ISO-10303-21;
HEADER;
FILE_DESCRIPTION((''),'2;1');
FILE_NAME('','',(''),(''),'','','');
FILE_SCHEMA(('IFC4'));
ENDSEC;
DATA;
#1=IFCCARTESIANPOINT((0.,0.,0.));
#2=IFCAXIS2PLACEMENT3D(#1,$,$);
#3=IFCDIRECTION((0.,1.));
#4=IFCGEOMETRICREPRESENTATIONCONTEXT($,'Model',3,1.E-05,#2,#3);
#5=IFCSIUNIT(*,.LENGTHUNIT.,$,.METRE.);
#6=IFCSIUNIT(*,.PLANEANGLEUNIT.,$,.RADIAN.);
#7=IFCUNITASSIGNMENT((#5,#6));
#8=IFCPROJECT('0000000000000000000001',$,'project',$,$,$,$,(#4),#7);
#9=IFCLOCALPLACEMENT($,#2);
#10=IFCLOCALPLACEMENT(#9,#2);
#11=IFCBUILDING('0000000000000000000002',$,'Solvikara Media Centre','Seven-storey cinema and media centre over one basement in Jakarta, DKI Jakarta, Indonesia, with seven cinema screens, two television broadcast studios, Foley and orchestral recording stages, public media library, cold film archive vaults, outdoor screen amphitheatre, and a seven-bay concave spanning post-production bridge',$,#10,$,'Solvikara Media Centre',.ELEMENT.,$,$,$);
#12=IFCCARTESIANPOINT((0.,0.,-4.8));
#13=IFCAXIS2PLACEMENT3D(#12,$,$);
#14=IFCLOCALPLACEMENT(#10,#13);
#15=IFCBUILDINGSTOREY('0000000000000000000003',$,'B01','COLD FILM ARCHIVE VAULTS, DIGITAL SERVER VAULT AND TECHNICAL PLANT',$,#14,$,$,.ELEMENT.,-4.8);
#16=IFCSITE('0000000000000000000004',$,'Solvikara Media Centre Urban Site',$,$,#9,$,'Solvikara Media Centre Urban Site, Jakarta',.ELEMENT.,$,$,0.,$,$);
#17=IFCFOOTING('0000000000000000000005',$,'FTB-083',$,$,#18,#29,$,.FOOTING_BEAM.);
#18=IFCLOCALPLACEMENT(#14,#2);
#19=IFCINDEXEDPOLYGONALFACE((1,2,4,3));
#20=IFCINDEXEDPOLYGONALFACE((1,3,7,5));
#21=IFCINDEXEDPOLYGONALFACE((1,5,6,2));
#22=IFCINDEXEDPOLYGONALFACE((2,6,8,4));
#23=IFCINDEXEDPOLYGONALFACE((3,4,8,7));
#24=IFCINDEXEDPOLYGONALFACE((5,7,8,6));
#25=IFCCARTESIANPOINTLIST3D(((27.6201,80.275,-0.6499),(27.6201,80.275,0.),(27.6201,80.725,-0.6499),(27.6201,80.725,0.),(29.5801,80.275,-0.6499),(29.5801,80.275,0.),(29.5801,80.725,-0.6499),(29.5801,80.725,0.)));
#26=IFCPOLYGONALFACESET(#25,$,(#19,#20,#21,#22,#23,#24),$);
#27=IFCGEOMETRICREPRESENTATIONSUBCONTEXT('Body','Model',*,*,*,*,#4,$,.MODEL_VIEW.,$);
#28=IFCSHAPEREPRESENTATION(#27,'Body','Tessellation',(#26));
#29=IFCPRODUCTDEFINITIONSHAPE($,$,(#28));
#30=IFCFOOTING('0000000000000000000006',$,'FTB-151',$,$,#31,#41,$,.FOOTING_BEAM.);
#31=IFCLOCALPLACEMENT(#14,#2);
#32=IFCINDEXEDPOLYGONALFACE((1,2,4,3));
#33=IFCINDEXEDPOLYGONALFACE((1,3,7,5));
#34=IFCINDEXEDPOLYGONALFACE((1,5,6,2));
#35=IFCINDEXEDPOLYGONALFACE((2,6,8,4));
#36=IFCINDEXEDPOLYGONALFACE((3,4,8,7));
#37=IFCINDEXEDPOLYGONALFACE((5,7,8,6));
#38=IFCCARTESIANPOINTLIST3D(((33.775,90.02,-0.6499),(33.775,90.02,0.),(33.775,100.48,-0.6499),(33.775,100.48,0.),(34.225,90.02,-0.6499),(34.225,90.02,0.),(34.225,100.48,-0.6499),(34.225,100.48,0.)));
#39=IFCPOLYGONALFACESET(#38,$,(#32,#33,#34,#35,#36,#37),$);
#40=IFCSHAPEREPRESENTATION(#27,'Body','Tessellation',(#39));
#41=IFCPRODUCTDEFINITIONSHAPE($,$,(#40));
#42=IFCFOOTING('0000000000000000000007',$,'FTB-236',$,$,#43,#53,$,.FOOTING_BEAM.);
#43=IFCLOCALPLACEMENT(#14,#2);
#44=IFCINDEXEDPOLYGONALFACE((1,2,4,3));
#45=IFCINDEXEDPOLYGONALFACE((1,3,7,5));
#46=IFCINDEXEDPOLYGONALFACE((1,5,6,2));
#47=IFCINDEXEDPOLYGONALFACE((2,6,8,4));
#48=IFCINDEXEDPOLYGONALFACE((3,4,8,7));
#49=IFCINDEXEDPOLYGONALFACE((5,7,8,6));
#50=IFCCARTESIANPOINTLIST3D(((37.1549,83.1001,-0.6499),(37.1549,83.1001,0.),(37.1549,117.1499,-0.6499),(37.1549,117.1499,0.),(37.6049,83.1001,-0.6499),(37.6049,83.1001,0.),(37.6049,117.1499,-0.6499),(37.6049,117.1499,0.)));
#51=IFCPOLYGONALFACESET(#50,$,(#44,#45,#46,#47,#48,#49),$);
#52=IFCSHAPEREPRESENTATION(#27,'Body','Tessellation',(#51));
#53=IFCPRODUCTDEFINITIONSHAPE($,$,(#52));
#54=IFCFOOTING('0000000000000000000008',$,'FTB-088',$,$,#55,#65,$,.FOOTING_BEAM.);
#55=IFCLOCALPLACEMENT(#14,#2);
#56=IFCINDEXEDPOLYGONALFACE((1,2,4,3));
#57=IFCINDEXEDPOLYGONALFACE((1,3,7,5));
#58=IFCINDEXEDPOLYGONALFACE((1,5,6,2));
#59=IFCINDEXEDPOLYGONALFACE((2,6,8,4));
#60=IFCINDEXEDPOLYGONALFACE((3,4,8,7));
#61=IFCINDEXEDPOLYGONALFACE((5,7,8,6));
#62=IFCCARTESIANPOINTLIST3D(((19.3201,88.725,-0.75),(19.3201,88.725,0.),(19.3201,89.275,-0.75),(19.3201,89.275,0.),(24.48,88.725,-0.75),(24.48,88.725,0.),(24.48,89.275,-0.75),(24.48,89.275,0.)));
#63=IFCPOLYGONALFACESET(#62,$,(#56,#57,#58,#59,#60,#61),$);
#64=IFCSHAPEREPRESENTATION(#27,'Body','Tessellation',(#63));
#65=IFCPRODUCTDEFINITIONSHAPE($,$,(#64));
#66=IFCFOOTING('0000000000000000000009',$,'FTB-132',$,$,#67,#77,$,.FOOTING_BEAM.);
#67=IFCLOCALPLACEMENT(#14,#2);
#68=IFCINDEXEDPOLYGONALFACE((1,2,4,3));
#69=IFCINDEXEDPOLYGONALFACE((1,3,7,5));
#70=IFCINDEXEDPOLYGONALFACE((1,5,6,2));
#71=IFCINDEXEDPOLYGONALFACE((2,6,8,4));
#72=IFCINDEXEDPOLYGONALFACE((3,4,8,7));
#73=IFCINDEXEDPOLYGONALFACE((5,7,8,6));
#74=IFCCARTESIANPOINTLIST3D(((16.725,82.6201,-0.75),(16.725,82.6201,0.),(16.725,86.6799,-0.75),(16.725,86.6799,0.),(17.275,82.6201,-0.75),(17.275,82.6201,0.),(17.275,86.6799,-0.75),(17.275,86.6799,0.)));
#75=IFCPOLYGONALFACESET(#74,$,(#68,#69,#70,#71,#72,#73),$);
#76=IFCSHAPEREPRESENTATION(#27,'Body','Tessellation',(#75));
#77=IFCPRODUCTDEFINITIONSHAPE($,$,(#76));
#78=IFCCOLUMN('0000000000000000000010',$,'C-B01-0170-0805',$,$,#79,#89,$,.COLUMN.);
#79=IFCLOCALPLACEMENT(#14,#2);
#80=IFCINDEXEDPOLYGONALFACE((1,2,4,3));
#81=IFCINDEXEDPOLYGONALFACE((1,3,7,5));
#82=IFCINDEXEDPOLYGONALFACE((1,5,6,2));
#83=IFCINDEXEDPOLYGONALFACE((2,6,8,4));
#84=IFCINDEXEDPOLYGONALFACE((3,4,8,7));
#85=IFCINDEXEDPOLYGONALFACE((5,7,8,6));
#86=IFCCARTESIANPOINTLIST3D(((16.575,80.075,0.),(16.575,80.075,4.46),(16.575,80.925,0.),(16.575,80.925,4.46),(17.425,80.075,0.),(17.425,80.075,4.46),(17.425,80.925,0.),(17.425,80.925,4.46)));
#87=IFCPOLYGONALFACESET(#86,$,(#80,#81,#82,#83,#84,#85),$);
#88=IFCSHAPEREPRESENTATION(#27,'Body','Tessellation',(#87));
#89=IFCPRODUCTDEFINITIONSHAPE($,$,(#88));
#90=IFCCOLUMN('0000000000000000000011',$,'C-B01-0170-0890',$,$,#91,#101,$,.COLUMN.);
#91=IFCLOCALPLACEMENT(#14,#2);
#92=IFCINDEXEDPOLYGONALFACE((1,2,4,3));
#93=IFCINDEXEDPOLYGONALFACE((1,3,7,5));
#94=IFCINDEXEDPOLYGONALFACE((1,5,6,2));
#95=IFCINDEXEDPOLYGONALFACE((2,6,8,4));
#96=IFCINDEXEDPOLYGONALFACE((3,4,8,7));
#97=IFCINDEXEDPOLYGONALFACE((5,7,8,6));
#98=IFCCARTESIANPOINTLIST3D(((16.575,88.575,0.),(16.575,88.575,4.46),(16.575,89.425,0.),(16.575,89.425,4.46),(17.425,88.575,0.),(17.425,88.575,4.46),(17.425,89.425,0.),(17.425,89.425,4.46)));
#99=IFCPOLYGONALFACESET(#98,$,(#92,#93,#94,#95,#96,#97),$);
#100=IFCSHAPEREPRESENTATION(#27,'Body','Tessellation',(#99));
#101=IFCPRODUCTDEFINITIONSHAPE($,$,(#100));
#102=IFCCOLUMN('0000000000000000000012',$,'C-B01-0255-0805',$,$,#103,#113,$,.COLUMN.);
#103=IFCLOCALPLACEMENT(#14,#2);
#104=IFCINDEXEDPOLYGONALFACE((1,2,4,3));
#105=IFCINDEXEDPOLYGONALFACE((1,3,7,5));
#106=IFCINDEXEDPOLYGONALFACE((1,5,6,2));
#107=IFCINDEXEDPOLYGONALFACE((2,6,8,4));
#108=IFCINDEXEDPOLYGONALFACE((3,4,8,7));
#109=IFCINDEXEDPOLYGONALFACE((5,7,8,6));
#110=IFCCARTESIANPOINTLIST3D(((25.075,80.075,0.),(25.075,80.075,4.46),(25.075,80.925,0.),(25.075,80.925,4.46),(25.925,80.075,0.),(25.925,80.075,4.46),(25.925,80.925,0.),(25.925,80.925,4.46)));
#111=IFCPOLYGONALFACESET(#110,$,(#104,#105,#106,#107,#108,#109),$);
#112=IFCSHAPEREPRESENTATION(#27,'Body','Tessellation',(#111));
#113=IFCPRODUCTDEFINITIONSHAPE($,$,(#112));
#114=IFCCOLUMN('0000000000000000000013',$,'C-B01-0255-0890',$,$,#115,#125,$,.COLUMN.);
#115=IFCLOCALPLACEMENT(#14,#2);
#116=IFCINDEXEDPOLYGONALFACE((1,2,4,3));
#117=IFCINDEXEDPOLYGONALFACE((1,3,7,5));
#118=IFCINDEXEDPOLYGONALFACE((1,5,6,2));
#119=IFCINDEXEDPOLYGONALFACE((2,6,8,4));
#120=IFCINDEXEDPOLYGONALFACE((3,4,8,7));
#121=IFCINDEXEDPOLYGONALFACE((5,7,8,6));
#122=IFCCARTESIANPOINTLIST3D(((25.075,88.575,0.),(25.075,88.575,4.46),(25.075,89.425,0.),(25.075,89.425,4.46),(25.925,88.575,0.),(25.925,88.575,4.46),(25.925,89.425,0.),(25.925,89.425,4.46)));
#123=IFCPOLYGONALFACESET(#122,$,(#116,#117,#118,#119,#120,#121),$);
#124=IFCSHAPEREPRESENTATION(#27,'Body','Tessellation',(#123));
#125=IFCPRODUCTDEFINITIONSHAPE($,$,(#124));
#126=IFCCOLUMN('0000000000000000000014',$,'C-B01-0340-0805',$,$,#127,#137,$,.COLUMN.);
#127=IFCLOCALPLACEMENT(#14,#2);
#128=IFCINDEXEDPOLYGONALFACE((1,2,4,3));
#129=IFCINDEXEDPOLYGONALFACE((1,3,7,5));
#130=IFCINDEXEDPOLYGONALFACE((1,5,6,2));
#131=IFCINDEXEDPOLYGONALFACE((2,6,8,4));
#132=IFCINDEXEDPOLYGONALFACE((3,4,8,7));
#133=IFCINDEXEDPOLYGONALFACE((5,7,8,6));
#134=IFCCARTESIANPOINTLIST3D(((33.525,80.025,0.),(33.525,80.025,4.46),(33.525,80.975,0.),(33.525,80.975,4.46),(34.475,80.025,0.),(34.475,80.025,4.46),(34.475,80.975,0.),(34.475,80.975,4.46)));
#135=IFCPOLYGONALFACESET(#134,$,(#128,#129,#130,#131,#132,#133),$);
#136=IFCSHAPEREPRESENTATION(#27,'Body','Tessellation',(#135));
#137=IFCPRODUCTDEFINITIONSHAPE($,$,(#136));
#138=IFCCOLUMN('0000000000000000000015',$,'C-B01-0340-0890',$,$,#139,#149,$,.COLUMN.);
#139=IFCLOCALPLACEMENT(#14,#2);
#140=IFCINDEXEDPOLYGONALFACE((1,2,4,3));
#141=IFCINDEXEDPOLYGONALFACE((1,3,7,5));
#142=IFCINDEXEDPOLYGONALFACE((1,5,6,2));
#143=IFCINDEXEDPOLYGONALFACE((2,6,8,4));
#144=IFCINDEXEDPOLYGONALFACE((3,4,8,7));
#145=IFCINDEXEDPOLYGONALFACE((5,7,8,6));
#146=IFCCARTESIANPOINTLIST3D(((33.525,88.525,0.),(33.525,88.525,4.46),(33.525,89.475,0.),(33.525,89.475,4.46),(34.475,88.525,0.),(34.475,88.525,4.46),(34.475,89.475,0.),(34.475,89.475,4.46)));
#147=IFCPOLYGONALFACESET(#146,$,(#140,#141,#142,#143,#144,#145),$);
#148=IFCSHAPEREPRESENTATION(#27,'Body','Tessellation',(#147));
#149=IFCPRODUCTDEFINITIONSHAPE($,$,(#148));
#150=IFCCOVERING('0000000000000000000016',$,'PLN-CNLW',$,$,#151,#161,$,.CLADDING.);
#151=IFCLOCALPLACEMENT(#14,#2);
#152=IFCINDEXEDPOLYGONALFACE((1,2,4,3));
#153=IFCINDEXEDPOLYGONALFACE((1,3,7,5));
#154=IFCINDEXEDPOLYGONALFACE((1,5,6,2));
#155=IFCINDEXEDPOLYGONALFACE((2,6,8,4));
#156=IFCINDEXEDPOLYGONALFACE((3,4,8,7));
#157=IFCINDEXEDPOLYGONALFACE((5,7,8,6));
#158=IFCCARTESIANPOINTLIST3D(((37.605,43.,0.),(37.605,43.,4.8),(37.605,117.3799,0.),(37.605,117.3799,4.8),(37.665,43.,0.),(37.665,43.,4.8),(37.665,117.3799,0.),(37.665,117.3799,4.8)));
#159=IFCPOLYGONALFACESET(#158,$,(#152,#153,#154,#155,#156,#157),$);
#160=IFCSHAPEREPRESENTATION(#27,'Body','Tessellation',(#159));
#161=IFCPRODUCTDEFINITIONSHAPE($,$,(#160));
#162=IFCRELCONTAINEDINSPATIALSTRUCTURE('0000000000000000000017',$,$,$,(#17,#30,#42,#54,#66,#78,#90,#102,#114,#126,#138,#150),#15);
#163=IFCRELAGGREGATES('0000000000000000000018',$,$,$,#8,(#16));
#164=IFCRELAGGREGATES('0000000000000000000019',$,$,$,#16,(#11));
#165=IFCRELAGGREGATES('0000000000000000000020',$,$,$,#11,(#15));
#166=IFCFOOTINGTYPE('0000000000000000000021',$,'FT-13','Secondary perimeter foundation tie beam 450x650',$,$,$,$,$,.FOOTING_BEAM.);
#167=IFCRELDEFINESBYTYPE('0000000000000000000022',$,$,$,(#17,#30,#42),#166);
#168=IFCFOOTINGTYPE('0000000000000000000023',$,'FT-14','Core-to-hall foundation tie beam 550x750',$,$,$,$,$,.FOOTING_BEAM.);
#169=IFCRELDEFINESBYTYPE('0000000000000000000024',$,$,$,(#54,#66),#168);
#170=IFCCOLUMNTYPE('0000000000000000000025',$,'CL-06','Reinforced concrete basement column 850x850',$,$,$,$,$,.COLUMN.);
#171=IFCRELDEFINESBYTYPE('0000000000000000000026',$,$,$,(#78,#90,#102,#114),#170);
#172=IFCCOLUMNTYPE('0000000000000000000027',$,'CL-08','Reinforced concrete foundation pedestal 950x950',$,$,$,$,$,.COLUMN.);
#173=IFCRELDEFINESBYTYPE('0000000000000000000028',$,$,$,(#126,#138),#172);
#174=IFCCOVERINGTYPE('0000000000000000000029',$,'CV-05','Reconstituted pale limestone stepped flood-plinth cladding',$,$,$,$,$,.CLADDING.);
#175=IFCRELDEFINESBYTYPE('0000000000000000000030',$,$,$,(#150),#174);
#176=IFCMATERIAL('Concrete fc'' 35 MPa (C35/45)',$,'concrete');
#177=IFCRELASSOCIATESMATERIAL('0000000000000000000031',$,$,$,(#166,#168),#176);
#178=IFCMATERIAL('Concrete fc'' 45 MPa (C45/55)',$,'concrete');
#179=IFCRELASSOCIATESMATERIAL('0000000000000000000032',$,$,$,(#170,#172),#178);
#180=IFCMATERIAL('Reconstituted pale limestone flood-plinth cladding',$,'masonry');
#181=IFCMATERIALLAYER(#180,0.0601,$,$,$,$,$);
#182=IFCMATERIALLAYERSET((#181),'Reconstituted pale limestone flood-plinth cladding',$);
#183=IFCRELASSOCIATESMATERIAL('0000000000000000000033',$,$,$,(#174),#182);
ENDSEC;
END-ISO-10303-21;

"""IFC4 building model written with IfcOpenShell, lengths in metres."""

from ifc_helpers import new_model, si_unit, direction, frame, origin, origin_2d, place, context, subcontext, project, spatial, rectangle, extrude, material, layer, layer_set, material_profile, profile_set, type_object, element, save


model = new_model("IFC4")

# Units and contexts
model_context = context("Model", 3, precision=1e-05, world=origin(), true_north=direction((0.0, 1.0)))
body_context = subcontext(model_context, "Body", "Model", "MODEL_VIEW")
ifc_project = project(units=[si_unit("LENGTHUNIT", "METRE"), si_unit("PLANEANGLEUNIT", "RADIAN")], contexts=[model_context])

# Site, building, storey
site_placement = place(None, origin())
site = spatial("IfcSite", under=ifc_project, at=site_placement, Name="Solvikara Media Centre Urban Site", LongName="Solvikara Media Centre Urban Site, Jakarta", CompositionType="ELEMENT", RefElevation=0.0)
building_placement = place(site_placement, origin())
building = spatial("IfcBuilding", under=site, at=building_placement, Name="Solvikara Media Centre", Description="Seven-storey cinema and media centre over one basement in Jakarta, DKI Jakarta, Indonesia, with seven cinema screens, two television broadcast studios, Foley and orchestral recording stages, public media library, cold film archive vaults, outdoor screen amphitheatre, and a seven-bay concave spanning post-production bridge", LongName="Solvikara Media Centre", CompositionType="ELEMENT")
storey_placement = place(building_placement, frame((0.0, 0.0, -4.8)))
storey = spatial("IfcBuildingStorey", under=building, at=storey_placement, Name="B01", Description="COLD FILM ARCHIVE VAULTS, DIGITAL SERVER VAULT AND TECHNICAL PLANT", CompositionType="ELEMENT", Elevation=-4.8)

# Shared definitions
ifc_material_1 = material(Name="Concrete fc' 35 MPa (C35/45)", Category="concrete")

# Footings
ifc_material_profile_1 = material_profile(ifc_material_1, rectangle(XDim=0.45, YDim=0.6499, at=origin_2d()), Name="RC 450x650")
ifc_profile_set_1 = profile_set([ifc_material_profile_1], Name="Concrete fc' 35 MPa (C35/45)")
footing_type_1 = type_object("IfcFootingType", Name="FT-13", Description="Secondary perimeter foundation tie beam 450x650", PredefinedType="FOOTING_BEAM", material=ifc_profile_set_1)
footing_1_placement = place(storey_placement, frame((27.6201, 80.5, -0.325), z_axis=(1.0, 0.0, 0.0), x_axis=(0.0, 1.0, 0.0)))
element("IfcFooting", 1, at=footing_1_placement, inside=storey, type_object=footing_type_1, Name="FTB-083", PredefinedType="FOOTING_BEAM", context=body_context, shape_type="SweptSolid", body=[
    extrude(rectangle(XDim=0.45, YDim=0.6499, at=origin_2d()), origin(), (0.0, 0.0, 1.0), 1.96),
])
footing_2_placement = place(storey_placement, frame((34.0, 90.02, -0.325), z_axis=(0.0, 1.0, 0.0), x_axis=(-1.0, 0.0, 0.0)))
element("IfcFooting", 2, at=footing_2_placement, inside=storey, type_object=footing_type_1, Name="FTB-151", PredefinedType="FOOTING_BEAM", context=body_context, shape_type="SweptSolid", body=[
    extrude(rectangle(XDim=0.45, YDim=0.6499, at=origin_2d()), origin(), (0.0, 0.0, 1.0), 10.46),
])
footing_3_placement = place(storey_placement, frame((37.3799, 83.1001, -0.325), z_axis=(0.0, 1.0, 0.0), x_axis=(-1.0, 0.0, 0.0)))
element("IfcFooting", 3, at=footing_3_placement, inside=storey, type_object=footing_type_1, Name="FTB-236", PredefinedType="FOOTING_BEAM", context=body_context, shape_type="SweptSolid", body=[
    extrude(rectangle(XDim=0.45, YDim=0.6499, at=origin_2d()), origin(), (0.0, 0.0, 1.0), 34.0498),
])
ifc_material_profile_2 = material_profile(ifc_material_1, rectangle(XDim=0.55, YDim=0.75, at=origin_2d()), Name="RC 550x750")
ifc_profile_set_2 = profile_set([ifc_material_profile_2], Name="Concrete fc' 35 MPa (C35/45)")
footing_type_2 = type_object("IfcFootingType", Name="FT-14", Description="Core-to-hall foundation tie beam 550x750", PredefinedType="FOOTING_BEAM", material=ifc_profile_set_2)
footing_4_placement = place(storey_placement, frame((19.3201, 89.0, -0.375), z_axis=(1.0, 0.0, 0.0), x_axis=(0.0, 1.0, 0.0)))
element("IfcFooting", 4, at=footing_4_placement, inside=storey, type_object=footing_type_2, Name="FTB-088", PredefinedType="FOOTING_BEAM", context=body_context, shape_type="SweptSolid", body=[
    extrude(rectangle(XDim=0.55, YDim=0.75, at=origin_2d()), origin(), (0.0, 0.0, 1.0), 5.1599),
])
footing_5_placement = place(storey_placement, frame((17.0, 82.6201, -0.375), z_axis=(0.0, 1.0, 0.0), x_axis=(-1.0, 0.0, 0.0)))
element("IfcFooting", 5, at=footing_5_placement, inside=storey, type_object=footing_type_2, Name="FTB-132", PredefinedType="FOOTING_BEAM", context=body_context, shape_type="SweptSolid", body=[
    extrude(rectangle(XDim=0.55, YDim=0.75, at=origin_2d()), origin(), (0.0, 0.0, 1.0), 4.0598),
])

# Columns
ifc_material_2 = material(Name="Concrete fc' 45 MPa (C45/55)", Category="concrete")
ifc_material_profile_3 = material_profile(ifc_material_2, rectangle(XDim=0.8501, YDim=0.8501, at=origin_2d()), Name="RC 850x850")
ifc_profile_set_3 = profile_set([ifc_material_profile_3], Name="Concrete fc' 45 MPa (C45/55)")
column_type_1 = type_object("IfcColumnType", Name="CL-06", Description="Reinforced concrete basement column 850x850", PredefinedType="COLUMN", material=ifc_profile_set_3)
for number, where, z_axis, x_axis, name in (
    (6, (17.0, 80.5, 0.0), (0.0, 0.0, 1.0), (1.0, 0.0, 0.0), "C-B01-0170-0805"),
    (7, (17.0, 89.0, 0.0), (0.0, 0.0, 1.0), (1.0, 0.0, 0.0), "C-B01-0170-0890"),
    (8, (25.5, 80.5, 0.0), (0.0, 0.0, 1.0), (1.0, 0.0, 0.0), "C-B01-0255-0805"),
    (9, (25.5, 89.0, 0.0), (0.0, 0.0, 1.0), (1.0, 0.0, 0.0), "C-B01-0255-0890"),
):
    element("IfcColumn", number, at=place(storey_placement, frame(where, z_axis=z_axis, x_axis=x_axis)), inside=storey, type_object=column_type_1, Name=name, PredefinedType="COLUMN", context=body_context, shape_type="SweptSolid", body=[
        extrude(rectangle(XDim=0.8501, YDim=0.8501, at=origin_2d()), origin(), (0.0, 0.0, 1.0), 4.46),
    ])
ifc_material_profile_4 = material_profile(ifc_material_2, rectangle(XDim=0.95, YDim=0.95, at=origin_2d()), Name="RC 950x950")
ifc_profile_set_4 = profile_set([ifc_material_profile_4], Name="Concrete fc' 45 MPa (C45/55)")
column_type_2 = type_object("IfcColumnType", Name="CL-08", Description="Reinforced concrete foundation pedestal 950x950", PredefinedType="COLUMN", material=ifc_profile_set_4)
for number, where, z_axis, x_axis, name in (
    (10, (34.0, 80.5, 0.0), (0.0, 0.0, 1.0), (1.0, 0.0, 0.0), "C-B01-0340-0805"),
    (11, (34.0, 89.0, 0.0), (0.0, 0.0, 1.0), (1.0, 0.0, 0.0), "C-B01-0340-0890"),
):
    element("IfcColumn", number, at=place(storey_placement, frame(where, z_axis=z_axis, x_axis=x_axis)), inside=storey, type_object=column_type_2, Name=name, PredefinedType="COLUMN", context=body_context, shape_type="SweptSolid", body=[
        extrude(rectangle(XDim=0.95, YDim=0.95, at=origin_2d()), origin(), (0.0, 0.0, 1.0), 4.46),
    ])

# Covering
ifc_material_3 = material(Name="Reconstituted pale limestone flood-plinth cladding", Category="masonry")
ifc_layer = layer(ifc_material_3, 0.0601)
ifc_layer_set = layer_set([ifc_layer], Name="Reconstituted pale limestone flood-plinth cladding")
covering_type = type_object("IfcCoveringType", Name="CV-05", Description="Reconstituted pale limestone stepped flood-plinth cladding", PredefinedType="CLADDING", material=ifc_layer_set)
covering_placement = place(storey_placement, frame((37.635, 80.1899, 0.0), z_axis=(0.0, 0.0, 1.0), x_axis=(0.0, 1.0, 0.0)))
element("IfcCovering", 12, at=covering_placement, inside=storey, type_object=covering_type, Name="PLN-CNLW", PredefinedType="CLADDING", context=body_context, shape_type="SweptSolid", body=[
    extrude(rectangle(XDim=74.3799, YDim=0.0601, at=origin_2d()), origin(), (0.0, 0.0, 1.0), 4.8),
])

save(model, "model.ifc")
